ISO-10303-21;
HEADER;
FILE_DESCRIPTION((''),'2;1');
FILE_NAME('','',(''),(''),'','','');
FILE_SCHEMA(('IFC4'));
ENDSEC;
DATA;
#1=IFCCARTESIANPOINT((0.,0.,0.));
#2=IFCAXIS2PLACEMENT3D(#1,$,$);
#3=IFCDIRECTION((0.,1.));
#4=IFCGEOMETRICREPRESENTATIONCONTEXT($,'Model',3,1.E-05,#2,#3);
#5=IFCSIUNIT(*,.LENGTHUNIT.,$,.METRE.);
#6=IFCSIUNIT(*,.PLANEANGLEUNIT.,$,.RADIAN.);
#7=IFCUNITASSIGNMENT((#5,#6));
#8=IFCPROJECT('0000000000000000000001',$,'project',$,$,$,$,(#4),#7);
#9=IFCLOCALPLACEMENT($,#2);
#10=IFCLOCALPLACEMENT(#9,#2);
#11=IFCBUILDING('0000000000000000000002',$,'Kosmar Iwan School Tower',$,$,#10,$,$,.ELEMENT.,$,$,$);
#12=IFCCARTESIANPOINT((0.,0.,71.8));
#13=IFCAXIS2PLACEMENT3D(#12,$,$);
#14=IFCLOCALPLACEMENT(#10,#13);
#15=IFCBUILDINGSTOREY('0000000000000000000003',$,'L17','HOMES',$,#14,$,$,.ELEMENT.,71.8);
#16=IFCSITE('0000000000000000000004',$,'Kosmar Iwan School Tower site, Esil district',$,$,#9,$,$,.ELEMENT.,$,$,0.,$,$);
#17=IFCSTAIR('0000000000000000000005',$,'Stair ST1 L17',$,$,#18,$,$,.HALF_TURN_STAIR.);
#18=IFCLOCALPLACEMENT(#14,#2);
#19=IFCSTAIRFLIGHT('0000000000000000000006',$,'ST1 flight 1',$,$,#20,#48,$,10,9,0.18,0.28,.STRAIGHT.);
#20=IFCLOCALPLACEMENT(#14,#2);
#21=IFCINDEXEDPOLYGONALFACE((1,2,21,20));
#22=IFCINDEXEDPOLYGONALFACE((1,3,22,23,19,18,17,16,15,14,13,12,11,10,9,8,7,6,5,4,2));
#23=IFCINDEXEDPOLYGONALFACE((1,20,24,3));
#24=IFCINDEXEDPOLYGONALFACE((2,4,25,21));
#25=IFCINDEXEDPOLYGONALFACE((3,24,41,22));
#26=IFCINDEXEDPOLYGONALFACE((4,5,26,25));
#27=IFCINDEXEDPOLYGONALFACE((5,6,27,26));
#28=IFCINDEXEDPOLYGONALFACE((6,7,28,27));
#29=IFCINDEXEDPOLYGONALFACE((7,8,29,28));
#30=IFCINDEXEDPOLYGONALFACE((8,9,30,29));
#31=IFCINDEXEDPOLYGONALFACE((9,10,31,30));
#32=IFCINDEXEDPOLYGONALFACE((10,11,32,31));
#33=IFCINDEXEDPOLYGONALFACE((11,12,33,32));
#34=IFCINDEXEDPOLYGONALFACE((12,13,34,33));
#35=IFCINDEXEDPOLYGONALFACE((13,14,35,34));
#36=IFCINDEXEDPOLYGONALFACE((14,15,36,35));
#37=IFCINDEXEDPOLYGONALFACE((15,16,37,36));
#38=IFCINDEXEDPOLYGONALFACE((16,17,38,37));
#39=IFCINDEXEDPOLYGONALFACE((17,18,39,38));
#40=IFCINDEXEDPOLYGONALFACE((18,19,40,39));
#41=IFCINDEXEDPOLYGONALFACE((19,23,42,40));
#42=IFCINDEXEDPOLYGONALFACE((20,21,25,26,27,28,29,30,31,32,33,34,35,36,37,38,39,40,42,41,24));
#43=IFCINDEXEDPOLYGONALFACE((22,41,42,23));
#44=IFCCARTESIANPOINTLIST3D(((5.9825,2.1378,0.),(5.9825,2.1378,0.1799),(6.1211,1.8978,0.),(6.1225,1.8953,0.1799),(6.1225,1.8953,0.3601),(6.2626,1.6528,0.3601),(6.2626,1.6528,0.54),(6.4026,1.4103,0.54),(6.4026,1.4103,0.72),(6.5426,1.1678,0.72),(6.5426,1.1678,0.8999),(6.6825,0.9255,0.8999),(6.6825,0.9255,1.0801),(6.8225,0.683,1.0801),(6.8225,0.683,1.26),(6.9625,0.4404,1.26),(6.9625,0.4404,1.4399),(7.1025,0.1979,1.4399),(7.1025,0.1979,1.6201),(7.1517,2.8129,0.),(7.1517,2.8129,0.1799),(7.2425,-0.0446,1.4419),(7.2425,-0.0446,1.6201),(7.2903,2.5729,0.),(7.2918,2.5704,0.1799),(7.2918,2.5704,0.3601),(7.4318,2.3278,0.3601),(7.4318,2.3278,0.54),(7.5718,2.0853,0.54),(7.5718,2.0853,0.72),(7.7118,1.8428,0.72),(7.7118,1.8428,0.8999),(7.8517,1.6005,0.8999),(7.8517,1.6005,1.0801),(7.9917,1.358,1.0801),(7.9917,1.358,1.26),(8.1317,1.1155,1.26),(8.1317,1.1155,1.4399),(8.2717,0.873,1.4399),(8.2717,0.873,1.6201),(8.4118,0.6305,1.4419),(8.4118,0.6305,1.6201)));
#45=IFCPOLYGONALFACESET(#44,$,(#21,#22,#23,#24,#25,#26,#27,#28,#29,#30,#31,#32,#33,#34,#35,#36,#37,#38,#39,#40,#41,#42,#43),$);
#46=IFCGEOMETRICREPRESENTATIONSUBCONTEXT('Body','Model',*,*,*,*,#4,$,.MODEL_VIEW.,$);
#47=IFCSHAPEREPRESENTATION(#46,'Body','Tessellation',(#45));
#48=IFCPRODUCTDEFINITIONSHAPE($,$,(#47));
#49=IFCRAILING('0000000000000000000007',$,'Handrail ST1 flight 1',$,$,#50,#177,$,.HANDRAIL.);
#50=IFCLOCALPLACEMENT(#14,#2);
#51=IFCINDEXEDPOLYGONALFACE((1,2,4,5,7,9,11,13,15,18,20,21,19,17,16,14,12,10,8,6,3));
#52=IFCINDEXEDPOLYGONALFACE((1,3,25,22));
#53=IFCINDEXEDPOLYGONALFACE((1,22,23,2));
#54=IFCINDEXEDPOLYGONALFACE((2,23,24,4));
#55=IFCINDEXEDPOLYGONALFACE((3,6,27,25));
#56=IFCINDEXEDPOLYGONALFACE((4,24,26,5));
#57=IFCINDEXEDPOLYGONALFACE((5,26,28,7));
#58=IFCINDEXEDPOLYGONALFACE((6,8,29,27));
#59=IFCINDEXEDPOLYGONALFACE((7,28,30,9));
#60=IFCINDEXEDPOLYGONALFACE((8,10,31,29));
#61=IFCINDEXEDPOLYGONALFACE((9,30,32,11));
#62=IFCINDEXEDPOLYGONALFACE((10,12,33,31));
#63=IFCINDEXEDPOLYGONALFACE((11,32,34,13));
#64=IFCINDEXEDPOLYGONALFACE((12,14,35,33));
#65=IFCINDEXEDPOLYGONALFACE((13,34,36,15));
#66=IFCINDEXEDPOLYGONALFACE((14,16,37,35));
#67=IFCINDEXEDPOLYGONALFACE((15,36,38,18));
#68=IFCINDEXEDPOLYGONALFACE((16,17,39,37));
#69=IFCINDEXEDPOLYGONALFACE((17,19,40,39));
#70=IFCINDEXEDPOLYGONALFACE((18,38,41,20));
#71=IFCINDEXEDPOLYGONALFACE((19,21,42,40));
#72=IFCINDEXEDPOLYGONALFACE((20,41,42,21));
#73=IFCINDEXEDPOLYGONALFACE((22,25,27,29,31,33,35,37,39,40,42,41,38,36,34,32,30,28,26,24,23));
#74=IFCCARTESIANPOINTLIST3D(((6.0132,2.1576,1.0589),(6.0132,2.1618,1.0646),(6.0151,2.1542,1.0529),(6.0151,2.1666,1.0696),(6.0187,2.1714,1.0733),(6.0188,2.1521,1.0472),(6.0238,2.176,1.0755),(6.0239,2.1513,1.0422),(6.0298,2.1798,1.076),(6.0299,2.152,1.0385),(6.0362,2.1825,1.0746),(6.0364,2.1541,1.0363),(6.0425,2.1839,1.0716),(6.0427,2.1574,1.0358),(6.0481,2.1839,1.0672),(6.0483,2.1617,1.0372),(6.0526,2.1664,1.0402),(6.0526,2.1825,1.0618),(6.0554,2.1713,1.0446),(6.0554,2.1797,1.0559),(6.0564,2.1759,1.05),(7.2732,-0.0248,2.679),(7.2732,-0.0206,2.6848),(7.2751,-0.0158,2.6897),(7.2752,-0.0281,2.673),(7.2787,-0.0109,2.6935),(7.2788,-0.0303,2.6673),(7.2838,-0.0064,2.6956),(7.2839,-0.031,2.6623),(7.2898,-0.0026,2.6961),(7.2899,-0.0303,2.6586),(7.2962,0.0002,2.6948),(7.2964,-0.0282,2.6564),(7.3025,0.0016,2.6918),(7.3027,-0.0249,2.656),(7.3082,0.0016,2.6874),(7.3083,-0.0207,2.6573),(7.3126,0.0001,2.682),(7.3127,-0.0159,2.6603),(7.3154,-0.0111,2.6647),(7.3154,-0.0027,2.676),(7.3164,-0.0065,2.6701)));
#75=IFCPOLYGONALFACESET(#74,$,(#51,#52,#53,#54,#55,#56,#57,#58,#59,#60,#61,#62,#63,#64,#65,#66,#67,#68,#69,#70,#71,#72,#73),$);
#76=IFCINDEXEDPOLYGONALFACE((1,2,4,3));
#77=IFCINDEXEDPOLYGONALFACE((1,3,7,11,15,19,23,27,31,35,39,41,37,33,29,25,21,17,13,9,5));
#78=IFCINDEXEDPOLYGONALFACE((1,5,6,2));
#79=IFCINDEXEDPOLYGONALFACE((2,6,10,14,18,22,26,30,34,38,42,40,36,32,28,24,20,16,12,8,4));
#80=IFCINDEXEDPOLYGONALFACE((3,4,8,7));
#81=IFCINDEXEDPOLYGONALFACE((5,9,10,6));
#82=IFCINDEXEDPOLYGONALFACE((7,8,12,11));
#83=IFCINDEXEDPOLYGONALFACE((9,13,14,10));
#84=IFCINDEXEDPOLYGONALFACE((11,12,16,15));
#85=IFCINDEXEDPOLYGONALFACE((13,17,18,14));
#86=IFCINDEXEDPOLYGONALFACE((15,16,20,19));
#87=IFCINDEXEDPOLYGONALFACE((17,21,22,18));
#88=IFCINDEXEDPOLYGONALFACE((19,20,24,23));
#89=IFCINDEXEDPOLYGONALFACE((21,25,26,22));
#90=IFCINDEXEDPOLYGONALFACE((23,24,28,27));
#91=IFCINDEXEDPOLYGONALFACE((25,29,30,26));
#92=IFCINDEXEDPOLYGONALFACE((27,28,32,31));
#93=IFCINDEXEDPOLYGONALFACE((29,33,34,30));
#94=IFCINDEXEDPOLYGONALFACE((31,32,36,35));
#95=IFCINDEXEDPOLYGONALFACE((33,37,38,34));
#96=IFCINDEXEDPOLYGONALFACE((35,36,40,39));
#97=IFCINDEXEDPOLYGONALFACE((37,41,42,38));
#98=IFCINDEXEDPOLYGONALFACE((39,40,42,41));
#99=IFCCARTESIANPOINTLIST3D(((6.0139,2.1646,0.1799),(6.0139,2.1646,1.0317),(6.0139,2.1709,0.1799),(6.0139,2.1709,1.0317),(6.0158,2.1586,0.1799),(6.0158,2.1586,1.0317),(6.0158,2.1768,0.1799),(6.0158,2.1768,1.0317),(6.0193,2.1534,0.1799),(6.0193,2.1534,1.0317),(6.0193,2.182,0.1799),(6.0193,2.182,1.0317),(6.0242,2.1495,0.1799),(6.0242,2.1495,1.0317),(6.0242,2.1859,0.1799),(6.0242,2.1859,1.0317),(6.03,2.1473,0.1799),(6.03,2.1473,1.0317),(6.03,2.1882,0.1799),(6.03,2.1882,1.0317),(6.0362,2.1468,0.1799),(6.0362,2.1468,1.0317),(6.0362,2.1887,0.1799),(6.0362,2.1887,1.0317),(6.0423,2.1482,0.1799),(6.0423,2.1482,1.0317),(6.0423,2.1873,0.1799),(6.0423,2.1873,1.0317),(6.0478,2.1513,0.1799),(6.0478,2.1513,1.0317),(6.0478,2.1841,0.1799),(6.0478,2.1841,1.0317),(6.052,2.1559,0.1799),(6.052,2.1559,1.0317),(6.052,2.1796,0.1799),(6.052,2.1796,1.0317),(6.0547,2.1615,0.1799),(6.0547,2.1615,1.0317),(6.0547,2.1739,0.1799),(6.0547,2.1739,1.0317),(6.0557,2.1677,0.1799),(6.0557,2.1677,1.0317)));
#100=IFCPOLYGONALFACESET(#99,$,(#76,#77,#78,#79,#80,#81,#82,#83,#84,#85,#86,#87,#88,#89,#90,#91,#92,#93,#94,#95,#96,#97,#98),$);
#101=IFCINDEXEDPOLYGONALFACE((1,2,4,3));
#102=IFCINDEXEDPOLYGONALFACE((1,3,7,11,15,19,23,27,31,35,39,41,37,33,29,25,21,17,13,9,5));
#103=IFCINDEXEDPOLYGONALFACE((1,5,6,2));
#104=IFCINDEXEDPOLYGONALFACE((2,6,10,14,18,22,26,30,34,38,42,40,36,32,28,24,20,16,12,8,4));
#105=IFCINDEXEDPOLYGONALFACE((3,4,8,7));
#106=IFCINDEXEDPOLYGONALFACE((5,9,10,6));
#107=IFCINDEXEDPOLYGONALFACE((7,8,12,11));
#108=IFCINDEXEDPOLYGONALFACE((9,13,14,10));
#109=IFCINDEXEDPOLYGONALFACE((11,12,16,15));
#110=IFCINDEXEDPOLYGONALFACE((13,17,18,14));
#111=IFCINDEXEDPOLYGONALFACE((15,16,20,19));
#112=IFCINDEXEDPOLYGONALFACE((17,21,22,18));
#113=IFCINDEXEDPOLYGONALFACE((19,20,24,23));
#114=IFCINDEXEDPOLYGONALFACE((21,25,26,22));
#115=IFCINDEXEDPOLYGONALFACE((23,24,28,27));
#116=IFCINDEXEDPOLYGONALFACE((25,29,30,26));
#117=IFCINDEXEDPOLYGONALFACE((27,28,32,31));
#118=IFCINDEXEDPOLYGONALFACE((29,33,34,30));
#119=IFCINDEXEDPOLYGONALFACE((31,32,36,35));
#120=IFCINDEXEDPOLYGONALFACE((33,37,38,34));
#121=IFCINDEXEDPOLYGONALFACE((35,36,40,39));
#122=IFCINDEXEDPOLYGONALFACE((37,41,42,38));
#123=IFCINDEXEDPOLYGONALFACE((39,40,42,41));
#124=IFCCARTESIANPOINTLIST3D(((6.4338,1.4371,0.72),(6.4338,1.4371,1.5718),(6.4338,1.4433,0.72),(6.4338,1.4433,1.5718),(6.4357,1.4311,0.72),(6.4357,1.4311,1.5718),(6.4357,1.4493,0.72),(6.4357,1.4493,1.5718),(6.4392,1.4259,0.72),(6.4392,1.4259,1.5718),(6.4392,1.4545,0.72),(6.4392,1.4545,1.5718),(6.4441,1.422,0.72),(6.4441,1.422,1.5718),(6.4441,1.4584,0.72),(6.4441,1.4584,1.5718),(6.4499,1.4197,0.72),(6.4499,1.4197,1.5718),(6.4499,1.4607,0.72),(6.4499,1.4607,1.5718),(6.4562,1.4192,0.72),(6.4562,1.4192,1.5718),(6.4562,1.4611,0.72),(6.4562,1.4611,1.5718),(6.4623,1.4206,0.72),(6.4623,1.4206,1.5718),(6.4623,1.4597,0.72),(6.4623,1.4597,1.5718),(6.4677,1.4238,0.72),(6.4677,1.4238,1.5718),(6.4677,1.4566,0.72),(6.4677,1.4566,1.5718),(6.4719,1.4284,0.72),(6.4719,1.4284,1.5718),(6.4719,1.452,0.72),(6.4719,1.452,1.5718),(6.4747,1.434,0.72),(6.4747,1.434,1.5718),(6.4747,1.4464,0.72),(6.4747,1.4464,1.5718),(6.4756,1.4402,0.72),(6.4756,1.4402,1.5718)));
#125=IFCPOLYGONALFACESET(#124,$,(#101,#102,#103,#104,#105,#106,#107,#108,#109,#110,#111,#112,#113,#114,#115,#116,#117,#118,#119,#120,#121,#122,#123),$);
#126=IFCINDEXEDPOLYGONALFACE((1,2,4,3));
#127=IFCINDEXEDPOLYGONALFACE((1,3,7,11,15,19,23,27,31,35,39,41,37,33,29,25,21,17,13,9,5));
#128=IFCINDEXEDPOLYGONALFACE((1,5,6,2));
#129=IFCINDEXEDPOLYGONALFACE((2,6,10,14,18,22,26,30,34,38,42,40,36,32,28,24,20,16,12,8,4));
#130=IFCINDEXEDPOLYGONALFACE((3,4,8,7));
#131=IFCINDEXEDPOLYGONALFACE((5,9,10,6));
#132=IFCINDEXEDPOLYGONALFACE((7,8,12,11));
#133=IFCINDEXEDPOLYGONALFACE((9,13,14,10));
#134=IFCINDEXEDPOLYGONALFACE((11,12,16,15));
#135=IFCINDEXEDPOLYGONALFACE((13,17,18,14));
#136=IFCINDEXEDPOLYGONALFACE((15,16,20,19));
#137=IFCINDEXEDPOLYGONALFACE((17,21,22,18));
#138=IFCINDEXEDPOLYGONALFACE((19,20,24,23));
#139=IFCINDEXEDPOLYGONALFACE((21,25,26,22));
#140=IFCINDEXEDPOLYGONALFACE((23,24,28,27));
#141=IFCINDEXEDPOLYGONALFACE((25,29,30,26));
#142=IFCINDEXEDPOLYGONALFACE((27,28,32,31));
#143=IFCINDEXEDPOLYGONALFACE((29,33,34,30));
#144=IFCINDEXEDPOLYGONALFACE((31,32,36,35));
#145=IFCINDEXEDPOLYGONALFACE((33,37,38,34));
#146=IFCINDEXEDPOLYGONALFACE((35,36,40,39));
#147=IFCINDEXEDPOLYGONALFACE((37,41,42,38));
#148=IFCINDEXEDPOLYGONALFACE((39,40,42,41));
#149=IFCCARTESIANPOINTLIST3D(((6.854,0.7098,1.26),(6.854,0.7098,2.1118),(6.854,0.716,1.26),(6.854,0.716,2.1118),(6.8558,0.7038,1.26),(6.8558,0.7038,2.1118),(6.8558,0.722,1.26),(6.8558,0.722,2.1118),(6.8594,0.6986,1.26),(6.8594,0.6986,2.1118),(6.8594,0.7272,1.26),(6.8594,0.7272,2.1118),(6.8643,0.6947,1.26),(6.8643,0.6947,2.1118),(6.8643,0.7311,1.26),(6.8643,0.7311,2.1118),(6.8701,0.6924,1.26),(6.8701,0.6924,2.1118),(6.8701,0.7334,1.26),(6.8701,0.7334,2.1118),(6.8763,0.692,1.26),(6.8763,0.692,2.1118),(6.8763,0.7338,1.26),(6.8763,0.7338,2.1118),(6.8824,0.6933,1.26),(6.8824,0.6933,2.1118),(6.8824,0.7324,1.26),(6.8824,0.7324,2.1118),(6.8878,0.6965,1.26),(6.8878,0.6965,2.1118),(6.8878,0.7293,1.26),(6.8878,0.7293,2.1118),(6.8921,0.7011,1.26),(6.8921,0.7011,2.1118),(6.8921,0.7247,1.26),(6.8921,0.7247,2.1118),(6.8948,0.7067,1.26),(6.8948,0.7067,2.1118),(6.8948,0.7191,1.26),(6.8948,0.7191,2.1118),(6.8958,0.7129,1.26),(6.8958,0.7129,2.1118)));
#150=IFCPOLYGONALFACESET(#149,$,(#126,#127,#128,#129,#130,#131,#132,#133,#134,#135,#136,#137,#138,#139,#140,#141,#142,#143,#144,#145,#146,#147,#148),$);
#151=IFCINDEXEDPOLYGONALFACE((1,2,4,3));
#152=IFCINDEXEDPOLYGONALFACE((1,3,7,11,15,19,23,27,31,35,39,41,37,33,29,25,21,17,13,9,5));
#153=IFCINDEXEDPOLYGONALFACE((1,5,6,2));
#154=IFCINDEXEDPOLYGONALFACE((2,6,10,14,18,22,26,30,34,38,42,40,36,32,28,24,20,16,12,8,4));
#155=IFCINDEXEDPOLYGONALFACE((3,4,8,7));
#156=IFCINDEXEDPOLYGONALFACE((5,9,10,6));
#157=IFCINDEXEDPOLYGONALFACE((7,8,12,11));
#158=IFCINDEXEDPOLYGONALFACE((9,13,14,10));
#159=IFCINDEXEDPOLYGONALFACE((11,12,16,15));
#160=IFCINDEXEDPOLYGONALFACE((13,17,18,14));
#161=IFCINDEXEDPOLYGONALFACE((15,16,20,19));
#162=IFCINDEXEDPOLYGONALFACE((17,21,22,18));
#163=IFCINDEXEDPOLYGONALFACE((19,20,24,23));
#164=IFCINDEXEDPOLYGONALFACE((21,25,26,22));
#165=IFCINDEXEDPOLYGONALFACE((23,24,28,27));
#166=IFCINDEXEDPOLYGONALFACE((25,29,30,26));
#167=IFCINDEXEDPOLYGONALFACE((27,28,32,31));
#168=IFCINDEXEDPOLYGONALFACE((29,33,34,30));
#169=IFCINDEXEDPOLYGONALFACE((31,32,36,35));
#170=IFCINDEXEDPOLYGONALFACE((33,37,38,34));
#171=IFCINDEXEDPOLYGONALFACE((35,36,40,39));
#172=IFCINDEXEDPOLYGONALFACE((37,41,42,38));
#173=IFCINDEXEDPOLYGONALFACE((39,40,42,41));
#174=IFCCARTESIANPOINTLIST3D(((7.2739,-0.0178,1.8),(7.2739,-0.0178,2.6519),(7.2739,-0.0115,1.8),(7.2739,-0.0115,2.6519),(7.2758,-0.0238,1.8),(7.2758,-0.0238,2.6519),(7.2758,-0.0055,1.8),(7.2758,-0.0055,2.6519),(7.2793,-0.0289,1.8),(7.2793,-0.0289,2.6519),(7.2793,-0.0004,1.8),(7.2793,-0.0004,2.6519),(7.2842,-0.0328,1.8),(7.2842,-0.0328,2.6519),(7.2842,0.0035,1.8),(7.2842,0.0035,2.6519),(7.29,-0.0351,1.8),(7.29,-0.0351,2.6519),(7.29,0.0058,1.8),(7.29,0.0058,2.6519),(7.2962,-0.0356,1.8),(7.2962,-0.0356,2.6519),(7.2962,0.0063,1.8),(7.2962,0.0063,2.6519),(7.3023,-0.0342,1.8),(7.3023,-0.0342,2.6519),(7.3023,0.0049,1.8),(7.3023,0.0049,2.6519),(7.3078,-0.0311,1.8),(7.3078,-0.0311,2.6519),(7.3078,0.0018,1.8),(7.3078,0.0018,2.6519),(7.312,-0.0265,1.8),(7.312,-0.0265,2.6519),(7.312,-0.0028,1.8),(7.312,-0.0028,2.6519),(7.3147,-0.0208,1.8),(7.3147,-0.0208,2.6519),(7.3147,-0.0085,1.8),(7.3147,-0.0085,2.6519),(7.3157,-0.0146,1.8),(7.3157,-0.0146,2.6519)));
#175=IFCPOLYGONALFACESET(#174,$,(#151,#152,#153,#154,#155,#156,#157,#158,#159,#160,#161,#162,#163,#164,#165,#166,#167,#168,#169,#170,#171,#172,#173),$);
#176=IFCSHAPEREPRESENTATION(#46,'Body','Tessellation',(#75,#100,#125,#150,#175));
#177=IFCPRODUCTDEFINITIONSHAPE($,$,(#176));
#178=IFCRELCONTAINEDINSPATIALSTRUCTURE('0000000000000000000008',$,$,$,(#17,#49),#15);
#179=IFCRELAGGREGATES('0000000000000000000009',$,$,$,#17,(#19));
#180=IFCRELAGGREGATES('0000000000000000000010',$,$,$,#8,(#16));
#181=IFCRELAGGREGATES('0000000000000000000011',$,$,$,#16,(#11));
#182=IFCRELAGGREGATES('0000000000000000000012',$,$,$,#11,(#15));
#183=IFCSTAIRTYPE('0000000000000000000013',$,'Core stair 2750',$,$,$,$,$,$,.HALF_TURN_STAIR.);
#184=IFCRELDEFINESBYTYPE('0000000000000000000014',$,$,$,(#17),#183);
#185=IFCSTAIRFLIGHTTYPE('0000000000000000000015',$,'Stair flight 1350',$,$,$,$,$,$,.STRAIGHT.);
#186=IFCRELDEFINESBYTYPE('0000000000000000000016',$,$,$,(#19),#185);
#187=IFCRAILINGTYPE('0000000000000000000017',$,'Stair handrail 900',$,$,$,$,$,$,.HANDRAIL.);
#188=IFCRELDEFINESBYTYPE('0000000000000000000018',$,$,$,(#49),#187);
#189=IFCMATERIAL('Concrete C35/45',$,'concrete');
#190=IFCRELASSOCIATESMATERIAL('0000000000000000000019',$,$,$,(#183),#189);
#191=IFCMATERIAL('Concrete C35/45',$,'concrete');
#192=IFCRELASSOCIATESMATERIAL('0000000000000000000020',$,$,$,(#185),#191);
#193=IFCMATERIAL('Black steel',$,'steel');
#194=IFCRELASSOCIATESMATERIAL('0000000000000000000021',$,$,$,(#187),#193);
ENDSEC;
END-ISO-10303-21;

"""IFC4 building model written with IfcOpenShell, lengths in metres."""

from ifc_helpers import new_model, si_unit, direction, frame, origin, origin_2d, place, context, subcontext, project, spatial, polyline, circle, outline, extrude, material, type_object, element, aggregate, save


model = new_model("IFC4")

# Units and contexts
model_context = context("Model", 3, precision=1e-05, world=origin(), true_north=direction((0.0, 1.0)))
body_context = subcontext(model_context, "Body", "Model", "MODEL_VIEW")
ifc_project = project(units=[si_unit("LENGTHUNIT", "METRE"), si_unit("PLANEANGLEUNIT", "RADIAN")], contexts=[model_context])

# Site, building, storey
site_placement = place(None, origin())
site = spatial("IfcSite", under=ifc_project, at=site_placement, Name="Kosmar Iwan School Tower site, Esil district", CompositionType="ELEMENT", RefElevation=0.0)
building_placement = place(site_placement, origin())
building = spatial("IfcBuilding", under=site, at=building_placement, Name="Kosmar Iwan School Tower", CompositionType="ELEMENT")
storey_placement = place(building_placement, frame((0.0, 0.0, 71.8)))
storey = spatial("IfcBuildingStorey", under=building, at=storey_placement, Name="L17", Description="HOMES", CompositionType="ELEMENT", Elevation=71.8)

# Stair, stair flight
ifc_material_1 = material(Name="Concrete C35/45", Category="concrete")
stair_type = type_object("IfcStairType", Name="Core stair 2750", PredefinedType="HALF_TURN_STAIR", material=ifc_material_1)
stair_placement = place(storey_placement, origin())
stair = element("IfcStair", 1, at=stair_placement, inside=storey, type_object=stair_type, Name="Stair ST1 L17", PredefinedType="HALF_TURN_STAIR")
ifc_material_2 = material(Name="Concrete C35/45", Category="concrete")
stair_flight_type = type_object("IfcStairFlightType", Name="Stair flight 1350", PredefinedType="STRAIGHT", material=ifc_material_2)
stair_flight_placement = place(storey_placement, frame((6.5671, 2.4753, 0.0), z_axis=(0.0, 0.0, 1.0), x_axis=(0.5, -0.866025, 0.0)))
stair_flight = element("IfcStairFlight", 2, at=stair_flight_placement, type_object=stair_flight_type, Name="ST1 flight 1", NumberOfRisers=10, NumberOfTreads=9, PredefinedType="STRAIGHT", RiserHeight=0.18, TreadLength=0.28, context=body_context, shape_type="SweptSolid", body=[
    extrude(outline(polyline([(0.0, 0.0), (0.0, 0.1799), (0.28, 0.1799), (0.28, 0.3601), (0.5601, 0.3601), (0.5601, 0.54), (0.8401, 0.54), (0.8401, 0.72), (1.1201, 0.72), (1.1201, 0.8999), (1.3999, 0.8999), (1.3999, 1.0801), (1.6799, 1.0801), (1.6799, 1.26), (1.96, 1.26), (1.96, 1.4399), (2.24, 1.4399), (2.24, 1.6201), (2.52, 1.6201), (2.52, 1.8), (2.52, 1.4419), (0.2771, 0.0), (0.0, 0.0)])), frame((0.0, 0.675, 0.0), z_axis=(0.0, -1.0, 0.0), x_axis=(1.0, 0.0, 0.0)), (0.0, 0.0, 1.0), 1.3501),
])
aggregate(stair, [stair_flight])

# Railing
ifc_material_3 = material(Name="Black steel", Category="steel")
railing_type = type_object("IfcRailingType", Name="Stair handrail 900", PredefinedType="HANDRAIL", material=ifc_material_3)
railing_placement = place(storey_placement, frame((6.0347, 2.1677, 0.1799)))
element("IfcRailing", 3, at=railing_placement, inside=storey, type_object=railing_type, Name="Handrail ST1 flight 1", PredefinedType="HANDRAIL", context=body_context, shape_type="SweptSolid", body=[
    extrude(circle(Radius=0.0239, at=origin_2d()), frame((0.0, 0.0, 0.876), z_axis=(0.420584, -0.728464, 0.540786), x_axis=(0.866023, 0.500005, 0.0)), (0.0, 0.0, 1.0), 2.9958),
    extrude(circle(Radius=0.021, at=origin_2d()), origin(), (0.0, 0.0, 1.0), 0.8518),
    extrude(circle(Radius=0.021, at=origin_2d()), frame((0.4199, -0.7275, 0.54)), (0.0, 0.0, 1.0), 0.8518),
    extrude(circle(Radius=0.021, at=origin_2d()), frame((0.8401, -1.4548, 1.0801)), (0.0, 0.0, 1.0), 0.8518),
    extrude(circle(Radius=0.021, at=origin_2d()), frame((1.26, -2.1824, 1.6201)), (0.0, 0.0, 1.0), 0.8518),
])

save(model, "model.ifc")
